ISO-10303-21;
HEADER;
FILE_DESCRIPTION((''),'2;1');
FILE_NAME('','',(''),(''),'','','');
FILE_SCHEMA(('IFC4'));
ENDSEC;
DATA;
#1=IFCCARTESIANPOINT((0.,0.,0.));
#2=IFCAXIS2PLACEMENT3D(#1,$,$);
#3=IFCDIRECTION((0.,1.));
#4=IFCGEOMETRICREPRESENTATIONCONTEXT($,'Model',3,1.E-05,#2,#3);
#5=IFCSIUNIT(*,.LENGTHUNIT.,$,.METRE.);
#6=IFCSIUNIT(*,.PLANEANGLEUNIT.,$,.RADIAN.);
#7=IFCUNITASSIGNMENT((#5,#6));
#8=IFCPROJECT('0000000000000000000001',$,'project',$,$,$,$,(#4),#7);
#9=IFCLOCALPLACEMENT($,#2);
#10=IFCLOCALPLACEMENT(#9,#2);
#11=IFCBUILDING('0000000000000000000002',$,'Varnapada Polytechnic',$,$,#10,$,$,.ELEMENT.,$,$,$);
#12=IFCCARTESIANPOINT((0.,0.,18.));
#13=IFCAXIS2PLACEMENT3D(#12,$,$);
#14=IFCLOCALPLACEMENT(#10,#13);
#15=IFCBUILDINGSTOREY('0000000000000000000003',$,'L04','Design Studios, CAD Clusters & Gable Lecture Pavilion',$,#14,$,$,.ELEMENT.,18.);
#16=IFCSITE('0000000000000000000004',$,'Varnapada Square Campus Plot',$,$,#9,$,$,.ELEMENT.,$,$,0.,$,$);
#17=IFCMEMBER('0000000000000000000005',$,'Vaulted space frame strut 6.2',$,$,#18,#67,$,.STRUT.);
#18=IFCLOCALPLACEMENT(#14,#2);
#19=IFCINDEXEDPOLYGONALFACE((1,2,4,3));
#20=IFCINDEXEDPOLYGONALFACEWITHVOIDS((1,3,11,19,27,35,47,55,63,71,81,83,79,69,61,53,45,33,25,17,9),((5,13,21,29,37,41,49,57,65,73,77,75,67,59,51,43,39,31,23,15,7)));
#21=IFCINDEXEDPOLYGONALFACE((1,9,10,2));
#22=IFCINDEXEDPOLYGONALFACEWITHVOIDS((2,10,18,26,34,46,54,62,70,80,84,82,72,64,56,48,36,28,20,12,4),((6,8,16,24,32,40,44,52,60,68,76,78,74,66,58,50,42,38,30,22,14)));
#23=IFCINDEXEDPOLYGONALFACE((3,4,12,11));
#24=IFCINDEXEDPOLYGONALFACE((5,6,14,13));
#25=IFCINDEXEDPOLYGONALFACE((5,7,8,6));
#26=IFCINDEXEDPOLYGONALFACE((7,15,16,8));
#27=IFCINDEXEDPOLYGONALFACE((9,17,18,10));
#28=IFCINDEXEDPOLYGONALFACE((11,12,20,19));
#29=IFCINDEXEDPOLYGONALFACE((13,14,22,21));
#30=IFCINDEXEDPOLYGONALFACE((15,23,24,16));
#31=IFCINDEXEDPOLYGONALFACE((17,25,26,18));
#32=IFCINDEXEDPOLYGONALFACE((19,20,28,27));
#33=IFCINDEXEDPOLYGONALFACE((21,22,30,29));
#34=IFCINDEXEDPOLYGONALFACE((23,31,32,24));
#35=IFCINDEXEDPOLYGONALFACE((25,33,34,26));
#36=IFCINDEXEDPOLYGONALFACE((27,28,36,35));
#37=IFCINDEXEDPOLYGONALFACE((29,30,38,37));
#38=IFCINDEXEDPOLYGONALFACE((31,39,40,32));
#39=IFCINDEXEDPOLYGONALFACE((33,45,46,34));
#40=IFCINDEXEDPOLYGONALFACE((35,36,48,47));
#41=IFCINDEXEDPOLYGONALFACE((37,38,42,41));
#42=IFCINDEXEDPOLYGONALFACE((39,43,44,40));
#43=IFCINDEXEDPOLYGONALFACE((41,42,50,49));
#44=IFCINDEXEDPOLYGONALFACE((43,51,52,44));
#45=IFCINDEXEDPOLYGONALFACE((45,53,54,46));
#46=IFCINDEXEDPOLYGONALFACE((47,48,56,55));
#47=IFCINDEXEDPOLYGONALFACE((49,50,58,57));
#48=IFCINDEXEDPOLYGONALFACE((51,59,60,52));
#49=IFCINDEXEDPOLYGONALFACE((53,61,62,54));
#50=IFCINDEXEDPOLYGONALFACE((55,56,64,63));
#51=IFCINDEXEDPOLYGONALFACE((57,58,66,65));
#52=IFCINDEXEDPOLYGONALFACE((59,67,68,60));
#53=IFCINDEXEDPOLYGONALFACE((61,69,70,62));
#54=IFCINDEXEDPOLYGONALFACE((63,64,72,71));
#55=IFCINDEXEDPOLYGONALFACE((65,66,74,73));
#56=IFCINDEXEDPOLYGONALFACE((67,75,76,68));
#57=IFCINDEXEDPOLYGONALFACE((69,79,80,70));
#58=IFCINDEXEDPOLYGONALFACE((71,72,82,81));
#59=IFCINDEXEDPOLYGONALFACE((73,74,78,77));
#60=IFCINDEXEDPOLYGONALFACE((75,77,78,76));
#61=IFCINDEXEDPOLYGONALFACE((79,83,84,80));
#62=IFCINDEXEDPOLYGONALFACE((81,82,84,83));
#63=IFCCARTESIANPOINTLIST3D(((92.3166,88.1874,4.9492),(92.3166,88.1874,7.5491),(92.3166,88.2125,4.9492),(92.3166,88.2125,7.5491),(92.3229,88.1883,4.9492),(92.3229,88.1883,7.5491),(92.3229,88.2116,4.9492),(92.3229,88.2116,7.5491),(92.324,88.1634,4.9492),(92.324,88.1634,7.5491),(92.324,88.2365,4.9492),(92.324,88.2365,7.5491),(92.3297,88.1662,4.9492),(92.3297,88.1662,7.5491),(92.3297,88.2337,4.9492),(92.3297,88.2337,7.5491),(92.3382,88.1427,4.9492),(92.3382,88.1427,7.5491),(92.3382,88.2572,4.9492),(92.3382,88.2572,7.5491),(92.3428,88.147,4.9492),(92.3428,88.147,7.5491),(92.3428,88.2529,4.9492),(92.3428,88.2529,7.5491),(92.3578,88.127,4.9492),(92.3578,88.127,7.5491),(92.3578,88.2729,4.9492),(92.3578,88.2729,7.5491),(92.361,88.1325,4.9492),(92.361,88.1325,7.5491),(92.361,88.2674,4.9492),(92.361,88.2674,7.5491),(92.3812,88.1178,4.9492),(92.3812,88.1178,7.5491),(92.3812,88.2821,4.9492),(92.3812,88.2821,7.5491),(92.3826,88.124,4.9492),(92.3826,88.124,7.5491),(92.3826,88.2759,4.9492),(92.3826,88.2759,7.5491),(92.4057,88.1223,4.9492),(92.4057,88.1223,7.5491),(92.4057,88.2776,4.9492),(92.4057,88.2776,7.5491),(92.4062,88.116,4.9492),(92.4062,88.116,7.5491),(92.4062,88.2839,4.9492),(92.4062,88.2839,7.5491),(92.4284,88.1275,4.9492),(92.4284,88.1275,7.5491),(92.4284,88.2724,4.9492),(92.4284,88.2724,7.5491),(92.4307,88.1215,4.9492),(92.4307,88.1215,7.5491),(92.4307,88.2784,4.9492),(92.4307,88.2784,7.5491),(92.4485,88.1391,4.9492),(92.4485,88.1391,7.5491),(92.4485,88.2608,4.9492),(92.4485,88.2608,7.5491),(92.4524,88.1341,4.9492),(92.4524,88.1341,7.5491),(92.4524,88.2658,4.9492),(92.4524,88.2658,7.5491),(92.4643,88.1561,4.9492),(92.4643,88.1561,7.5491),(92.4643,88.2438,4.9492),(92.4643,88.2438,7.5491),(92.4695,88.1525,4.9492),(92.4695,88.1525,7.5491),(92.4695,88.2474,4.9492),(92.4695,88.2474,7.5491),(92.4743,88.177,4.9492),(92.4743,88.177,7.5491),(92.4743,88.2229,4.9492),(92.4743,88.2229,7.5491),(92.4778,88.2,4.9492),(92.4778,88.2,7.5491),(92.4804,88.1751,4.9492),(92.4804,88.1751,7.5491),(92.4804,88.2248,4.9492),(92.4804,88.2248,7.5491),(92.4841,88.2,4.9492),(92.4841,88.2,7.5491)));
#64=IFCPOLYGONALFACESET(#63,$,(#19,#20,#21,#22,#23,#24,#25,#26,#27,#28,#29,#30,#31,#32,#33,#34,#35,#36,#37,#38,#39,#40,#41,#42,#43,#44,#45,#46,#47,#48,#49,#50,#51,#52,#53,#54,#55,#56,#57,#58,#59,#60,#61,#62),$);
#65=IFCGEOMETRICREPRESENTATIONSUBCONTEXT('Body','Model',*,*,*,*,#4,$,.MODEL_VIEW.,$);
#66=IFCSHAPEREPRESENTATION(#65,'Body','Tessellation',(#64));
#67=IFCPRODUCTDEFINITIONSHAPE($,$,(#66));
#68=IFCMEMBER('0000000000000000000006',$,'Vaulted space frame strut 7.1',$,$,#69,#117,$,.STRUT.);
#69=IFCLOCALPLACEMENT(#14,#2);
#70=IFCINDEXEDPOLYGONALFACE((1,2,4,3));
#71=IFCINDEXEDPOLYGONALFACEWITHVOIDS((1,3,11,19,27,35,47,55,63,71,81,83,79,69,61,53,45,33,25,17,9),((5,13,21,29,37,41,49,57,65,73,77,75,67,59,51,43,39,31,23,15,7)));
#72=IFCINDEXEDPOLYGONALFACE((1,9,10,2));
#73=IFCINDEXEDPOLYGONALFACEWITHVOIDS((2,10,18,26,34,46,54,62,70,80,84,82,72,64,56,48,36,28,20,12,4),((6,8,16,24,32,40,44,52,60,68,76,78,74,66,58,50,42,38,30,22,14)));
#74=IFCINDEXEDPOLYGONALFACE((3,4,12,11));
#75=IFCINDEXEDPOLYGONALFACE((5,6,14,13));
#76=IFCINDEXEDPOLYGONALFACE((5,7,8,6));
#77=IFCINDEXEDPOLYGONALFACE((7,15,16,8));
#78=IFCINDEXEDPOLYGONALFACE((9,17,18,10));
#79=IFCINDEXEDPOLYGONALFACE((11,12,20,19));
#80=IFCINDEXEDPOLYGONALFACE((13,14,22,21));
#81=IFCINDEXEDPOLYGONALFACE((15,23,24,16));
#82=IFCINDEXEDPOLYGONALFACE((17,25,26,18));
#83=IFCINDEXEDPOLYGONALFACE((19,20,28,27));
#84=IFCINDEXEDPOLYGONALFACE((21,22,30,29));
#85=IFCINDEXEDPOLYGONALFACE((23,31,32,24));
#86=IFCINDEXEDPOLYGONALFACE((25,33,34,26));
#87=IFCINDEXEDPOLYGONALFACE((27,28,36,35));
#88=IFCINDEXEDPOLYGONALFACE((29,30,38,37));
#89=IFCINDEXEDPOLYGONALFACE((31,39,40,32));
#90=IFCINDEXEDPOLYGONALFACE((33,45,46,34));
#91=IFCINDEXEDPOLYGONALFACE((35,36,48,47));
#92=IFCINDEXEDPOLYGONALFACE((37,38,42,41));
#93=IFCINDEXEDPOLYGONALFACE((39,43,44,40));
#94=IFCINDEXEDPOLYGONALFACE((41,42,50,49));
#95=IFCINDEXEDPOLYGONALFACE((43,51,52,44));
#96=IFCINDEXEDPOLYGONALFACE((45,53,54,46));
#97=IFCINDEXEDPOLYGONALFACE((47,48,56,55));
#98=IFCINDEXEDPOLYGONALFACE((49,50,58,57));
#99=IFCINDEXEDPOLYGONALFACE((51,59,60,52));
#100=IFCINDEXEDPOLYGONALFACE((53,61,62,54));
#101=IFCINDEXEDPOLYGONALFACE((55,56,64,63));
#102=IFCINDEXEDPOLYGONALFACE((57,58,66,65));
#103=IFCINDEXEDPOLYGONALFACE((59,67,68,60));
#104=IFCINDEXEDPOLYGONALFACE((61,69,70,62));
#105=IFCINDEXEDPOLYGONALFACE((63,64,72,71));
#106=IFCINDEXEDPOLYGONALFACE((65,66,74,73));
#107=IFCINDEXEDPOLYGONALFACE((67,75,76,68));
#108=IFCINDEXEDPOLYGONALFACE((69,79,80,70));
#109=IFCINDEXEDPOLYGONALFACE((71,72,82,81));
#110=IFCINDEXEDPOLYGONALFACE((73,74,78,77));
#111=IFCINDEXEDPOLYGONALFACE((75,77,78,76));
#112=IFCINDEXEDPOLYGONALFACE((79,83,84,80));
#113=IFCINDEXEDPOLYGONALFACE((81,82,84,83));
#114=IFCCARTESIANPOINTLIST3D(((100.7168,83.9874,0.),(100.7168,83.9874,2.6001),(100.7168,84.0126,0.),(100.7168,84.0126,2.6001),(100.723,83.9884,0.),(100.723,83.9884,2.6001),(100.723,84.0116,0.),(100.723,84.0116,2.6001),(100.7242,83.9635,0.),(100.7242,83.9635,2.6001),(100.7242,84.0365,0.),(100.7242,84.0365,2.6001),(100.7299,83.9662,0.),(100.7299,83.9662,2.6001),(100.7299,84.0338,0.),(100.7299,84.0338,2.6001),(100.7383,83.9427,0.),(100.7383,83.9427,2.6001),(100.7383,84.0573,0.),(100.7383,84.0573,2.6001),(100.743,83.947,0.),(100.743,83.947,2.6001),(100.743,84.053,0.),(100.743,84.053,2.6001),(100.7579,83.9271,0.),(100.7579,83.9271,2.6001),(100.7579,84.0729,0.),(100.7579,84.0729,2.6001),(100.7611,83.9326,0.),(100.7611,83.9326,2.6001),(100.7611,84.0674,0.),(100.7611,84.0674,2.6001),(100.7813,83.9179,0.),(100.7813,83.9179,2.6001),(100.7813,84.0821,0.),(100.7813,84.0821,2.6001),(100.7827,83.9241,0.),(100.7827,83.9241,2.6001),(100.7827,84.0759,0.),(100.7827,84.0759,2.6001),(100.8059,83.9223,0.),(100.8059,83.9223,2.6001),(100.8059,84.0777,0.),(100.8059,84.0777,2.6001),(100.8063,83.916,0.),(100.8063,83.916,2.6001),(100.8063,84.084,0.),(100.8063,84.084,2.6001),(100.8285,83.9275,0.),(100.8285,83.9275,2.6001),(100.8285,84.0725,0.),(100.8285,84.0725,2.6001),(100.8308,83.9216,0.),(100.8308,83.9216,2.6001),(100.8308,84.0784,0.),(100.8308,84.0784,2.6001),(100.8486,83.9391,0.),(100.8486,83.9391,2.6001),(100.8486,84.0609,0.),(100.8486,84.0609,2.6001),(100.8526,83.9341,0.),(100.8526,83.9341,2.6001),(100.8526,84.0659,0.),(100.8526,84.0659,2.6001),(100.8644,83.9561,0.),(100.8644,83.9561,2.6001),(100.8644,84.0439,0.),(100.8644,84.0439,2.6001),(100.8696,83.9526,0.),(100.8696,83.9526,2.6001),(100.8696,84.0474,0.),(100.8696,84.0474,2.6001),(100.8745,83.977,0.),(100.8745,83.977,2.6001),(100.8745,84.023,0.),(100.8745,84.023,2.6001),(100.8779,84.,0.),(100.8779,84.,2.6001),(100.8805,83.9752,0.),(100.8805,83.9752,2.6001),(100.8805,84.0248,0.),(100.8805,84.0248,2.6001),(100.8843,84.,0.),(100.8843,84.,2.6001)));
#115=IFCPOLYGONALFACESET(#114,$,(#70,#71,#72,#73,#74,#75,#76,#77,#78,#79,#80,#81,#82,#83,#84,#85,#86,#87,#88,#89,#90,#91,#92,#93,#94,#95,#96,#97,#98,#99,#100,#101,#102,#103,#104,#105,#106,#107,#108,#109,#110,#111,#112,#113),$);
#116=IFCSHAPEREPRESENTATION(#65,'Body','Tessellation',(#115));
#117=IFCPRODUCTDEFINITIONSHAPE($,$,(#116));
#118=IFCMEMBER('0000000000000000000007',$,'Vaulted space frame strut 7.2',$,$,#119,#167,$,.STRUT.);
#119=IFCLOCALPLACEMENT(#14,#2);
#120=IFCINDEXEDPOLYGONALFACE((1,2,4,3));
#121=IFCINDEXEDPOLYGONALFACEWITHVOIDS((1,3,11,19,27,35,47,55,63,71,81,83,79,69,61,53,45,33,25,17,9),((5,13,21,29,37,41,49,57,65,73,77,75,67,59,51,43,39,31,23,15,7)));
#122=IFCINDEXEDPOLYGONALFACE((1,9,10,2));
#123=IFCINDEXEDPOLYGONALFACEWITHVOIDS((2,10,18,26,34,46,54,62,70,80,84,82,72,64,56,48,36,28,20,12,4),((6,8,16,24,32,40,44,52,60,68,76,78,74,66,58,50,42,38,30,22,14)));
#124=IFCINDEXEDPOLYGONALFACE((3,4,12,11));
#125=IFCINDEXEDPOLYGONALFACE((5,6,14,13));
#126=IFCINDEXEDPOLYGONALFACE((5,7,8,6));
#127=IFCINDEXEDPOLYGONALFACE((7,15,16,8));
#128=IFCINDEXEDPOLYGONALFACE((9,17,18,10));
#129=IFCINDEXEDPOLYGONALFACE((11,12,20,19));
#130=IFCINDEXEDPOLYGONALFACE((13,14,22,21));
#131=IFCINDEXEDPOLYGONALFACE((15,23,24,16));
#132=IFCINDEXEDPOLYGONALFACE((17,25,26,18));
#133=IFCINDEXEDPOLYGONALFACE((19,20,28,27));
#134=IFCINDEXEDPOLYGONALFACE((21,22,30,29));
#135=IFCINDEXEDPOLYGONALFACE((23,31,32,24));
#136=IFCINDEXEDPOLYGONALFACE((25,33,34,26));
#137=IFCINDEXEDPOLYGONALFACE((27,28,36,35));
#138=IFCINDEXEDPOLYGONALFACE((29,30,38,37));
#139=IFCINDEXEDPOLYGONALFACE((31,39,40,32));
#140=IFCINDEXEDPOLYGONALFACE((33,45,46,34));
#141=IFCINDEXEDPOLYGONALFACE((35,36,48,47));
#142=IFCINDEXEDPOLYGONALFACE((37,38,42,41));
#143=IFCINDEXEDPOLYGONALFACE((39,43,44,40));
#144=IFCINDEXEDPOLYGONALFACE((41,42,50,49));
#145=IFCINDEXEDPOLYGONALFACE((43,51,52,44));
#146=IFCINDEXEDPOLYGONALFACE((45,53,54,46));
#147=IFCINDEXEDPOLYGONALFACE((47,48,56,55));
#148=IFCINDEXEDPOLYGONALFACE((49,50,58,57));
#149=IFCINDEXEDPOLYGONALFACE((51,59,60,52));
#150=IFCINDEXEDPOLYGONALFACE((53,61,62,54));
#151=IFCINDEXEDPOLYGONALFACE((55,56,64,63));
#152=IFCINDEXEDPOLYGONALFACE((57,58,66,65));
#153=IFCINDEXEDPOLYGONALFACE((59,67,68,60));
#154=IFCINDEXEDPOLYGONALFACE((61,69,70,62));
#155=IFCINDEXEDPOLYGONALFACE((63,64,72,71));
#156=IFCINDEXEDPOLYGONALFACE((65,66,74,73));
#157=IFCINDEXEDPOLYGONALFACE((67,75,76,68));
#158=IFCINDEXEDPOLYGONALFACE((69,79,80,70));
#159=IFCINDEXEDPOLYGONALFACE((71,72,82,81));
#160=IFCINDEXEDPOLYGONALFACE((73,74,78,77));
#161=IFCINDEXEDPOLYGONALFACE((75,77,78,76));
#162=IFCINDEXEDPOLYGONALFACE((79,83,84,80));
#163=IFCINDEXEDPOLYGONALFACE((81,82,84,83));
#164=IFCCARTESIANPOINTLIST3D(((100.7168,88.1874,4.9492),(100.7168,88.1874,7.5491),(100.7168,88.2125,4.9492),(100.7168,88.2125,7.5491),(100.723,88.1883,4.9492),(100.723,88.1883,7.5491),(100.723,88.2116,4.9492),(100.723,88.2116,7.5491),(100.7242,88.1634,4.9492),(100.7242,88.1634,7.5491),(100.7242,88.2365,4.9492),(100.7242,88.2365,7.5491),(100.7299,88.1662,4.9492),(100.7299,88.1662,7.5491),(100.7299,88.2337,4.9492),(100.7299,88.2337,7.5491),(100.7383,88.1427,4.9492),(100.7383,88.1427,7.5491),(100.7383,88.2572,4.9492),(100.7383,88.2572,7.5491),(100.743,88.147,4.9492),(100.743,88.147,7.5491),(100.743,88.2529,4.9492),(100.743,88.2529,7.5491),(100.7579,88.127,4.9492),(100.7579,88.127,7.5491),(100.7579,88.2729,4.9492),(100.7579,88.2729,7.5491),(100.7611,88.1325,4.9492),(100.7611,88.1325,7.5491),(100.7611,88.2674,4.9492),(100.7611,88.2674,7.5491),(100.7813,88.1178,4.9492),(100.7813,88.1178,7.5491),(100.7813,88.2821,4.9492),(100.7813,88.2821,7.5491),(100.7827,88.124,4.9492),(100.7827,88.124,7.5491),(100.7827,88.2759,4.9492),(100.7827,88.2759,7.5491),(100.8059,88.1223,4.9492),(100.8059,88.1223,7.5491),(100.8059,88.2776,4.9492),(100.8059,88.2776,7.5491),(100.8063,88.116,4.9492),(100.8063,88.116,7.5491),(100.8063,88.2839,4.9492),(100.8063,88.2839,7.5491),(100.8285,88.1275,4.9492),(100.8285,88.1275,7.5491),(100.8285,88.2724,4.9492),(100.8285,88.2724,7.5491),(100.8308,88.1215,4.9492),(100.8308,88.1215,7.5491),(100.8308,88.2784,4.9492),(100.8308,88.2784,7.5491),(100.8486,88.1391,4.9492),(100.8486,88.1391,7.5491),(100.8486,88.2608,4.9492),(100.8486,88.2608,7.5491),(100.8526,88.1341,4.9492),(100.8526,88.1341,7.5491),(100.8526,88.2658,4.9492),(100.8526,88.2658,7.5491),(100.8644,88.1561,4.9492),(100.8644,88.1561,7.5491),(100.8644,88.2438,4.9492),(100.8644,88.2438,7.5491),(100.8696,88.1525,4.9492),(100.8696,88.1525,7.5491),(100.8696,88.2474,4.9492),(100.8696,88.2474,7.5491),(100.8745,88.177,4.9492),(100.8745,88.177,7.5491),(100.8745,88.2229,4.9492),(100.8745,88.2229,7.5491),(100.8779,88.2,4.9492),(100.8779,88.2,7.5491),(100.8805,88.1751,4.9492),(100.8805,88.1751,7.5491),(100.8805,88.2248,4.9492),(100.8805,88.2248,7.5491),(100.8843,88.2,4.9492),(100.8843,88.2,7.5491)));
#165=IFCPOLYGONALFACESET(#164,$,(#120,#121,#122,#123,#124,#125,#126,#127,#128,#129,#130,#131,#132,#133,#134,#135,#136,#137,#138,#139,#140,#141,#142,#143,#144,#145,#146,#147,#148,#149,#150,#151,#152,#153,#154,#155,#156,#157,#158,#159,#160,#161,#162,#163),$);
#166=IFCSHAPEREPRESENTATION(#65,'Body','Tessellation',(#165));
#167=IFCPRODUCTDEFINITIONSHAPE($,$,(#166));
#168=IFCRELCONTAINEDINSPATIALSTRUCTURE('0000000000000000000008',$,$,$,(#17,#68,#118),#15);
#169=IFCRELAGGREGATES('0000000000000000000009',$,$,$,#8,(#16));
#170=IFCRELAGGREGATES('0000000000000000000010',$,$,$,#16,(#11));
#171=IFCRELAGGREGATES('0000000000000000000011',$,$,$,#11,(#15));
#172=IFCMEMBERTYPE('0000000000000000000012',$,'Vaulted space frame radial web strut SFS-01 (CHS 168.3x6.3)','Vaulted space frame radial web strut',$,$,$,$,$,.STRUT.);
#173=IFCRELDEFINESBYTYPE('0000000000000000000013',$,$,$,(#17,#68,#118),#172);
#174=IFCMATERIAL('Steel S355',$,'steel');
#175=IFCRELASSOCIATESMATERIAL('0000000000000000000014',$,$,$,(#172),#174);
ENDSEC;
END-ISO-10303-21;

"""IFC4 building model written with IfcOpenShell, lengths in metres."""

from ifc_helpers import new_model, si_unit, direction, frame, origin, origin_2d, place, context, subcontext, project, spatial, hollow_circle, extrude, material, material_profile, profile_set, type_object, element, save


model = new_model("IFC4")

# Units and contexts
model_context = context("Model", 3, precision=1e-05, world=origin(), true_north=direction((0.0, 1.0)))
body_context = subcontext(model_context, "Body", "Model", "MODEL_VIEW")
ifc_project = project(units=[si_unit("LENGTHUNIT", "METRE"), si_unit("PLANEANGLEUNIT", "RADIAN")], contexts=[model_context])

# Site, building, storey
site_placement = place(None, origin())
site = spatial("IfcSite", under=ifc_project, at=site_placement, Name="Varnapada Square Campus Plot", CompositionType="ELEMENT", RefElevation=0.0)
building_placement = place(site_placement, origin())
building = spatial("IfcBuilding", under=site, at=building_placement, Name="Varnapada Polytechnic", CompositionType="ELEMENT")
storey_placement = place(building_placement, frame((0.0, 0.0, 18.0)))
storey = spatial("IfcBuildingStorey", under=building, at=storey_placement, Name="L04", Description="Design Studios, CAD Clusters & Gable Lecture Pavilion", CompositionType="ELEMENT", Elevation=18.0)

# Shared definitions
ifc_material = material(Name="Steel S355", Category="steel")

# Members
ifc_material_profile_1 = material_profile(ifc_material, hollow_circle(Radius=0.0842, WallThickness=0.0063, at=origin_2d()), Name="CHS 168.3x6.3")
ifc_profile_set_1 = profile_set([ifc_material_profile_1], Name="Steel S355")
member_type_1 = type_object("IfcMemberType", Name="Vaulted space frame radial web strut SFS-01 (CHS 168.3x6.3)", Description="Vaulted space frame radial web strut", PredefinedType="STRUT", material=ifc_profile_set_1)
member_1_placement = place(storey_placement, frame((92.3999, 88.2, 4.9492), z_axis=(0.0, 0.0, 1.0), x_axis=(1.0, 0.0, 0.0)))
element("IfcMember", 1, at=member_1_placement, inside=storey, type_object=member_type_1, Name="Vaulted space frame strut 6.2", PredefinedType="STRUT", context=body_context, shape_type="SweptSolid", body=[
    extrude(hollow_circle(Radius=0.0842, WallThickness=0.0063, at=origin_2d()), origin(), (0.0, 0.0, 1.0), 2.5999),
])
member_2_placement = place(storey_placement, frame((100.8, 84.0, 0.0), z_axis=(0.0, 0.0, 1.0), x_axis=(1.0, 0.0, 0.0)))
element("IfcMember", 2, at=member_2_placement, inside=storey, type_object=member_type_1, Name="Vaulted space frame strut 7.1", PredefinedType="STRUT", context=body_context, shape_type="SweptSolid", body=[
    extrude(hollow_circle(Radius=0.0842, WallThickness=0.0063, at=origin_2d()), origin(), (0.0, 0.0, 1.0), 2.6001),
])
member_3_placement = place(storey_placement, frame((100.8, 88.2, 4.9492), z_axis=(0.0, 0.0, 1.0), x_axis=(1.0, 0.0, 0.0)))
element("IfcMember", 3, at=member_3_placement, inside=storey, type_object=member_type_1, Name="Vaulted space frame strut 7.2", PredefinedType="STRUT", context=body_context, shape_type="SweptSolid", body=[
    extrude(hollow_circle(Radius=0.0842, WallThickness=0.0063, at=origin_2d()), origin(), (0.0, 0.0, 1.0), 2.5999),
])

save(model, "model.ifc")
